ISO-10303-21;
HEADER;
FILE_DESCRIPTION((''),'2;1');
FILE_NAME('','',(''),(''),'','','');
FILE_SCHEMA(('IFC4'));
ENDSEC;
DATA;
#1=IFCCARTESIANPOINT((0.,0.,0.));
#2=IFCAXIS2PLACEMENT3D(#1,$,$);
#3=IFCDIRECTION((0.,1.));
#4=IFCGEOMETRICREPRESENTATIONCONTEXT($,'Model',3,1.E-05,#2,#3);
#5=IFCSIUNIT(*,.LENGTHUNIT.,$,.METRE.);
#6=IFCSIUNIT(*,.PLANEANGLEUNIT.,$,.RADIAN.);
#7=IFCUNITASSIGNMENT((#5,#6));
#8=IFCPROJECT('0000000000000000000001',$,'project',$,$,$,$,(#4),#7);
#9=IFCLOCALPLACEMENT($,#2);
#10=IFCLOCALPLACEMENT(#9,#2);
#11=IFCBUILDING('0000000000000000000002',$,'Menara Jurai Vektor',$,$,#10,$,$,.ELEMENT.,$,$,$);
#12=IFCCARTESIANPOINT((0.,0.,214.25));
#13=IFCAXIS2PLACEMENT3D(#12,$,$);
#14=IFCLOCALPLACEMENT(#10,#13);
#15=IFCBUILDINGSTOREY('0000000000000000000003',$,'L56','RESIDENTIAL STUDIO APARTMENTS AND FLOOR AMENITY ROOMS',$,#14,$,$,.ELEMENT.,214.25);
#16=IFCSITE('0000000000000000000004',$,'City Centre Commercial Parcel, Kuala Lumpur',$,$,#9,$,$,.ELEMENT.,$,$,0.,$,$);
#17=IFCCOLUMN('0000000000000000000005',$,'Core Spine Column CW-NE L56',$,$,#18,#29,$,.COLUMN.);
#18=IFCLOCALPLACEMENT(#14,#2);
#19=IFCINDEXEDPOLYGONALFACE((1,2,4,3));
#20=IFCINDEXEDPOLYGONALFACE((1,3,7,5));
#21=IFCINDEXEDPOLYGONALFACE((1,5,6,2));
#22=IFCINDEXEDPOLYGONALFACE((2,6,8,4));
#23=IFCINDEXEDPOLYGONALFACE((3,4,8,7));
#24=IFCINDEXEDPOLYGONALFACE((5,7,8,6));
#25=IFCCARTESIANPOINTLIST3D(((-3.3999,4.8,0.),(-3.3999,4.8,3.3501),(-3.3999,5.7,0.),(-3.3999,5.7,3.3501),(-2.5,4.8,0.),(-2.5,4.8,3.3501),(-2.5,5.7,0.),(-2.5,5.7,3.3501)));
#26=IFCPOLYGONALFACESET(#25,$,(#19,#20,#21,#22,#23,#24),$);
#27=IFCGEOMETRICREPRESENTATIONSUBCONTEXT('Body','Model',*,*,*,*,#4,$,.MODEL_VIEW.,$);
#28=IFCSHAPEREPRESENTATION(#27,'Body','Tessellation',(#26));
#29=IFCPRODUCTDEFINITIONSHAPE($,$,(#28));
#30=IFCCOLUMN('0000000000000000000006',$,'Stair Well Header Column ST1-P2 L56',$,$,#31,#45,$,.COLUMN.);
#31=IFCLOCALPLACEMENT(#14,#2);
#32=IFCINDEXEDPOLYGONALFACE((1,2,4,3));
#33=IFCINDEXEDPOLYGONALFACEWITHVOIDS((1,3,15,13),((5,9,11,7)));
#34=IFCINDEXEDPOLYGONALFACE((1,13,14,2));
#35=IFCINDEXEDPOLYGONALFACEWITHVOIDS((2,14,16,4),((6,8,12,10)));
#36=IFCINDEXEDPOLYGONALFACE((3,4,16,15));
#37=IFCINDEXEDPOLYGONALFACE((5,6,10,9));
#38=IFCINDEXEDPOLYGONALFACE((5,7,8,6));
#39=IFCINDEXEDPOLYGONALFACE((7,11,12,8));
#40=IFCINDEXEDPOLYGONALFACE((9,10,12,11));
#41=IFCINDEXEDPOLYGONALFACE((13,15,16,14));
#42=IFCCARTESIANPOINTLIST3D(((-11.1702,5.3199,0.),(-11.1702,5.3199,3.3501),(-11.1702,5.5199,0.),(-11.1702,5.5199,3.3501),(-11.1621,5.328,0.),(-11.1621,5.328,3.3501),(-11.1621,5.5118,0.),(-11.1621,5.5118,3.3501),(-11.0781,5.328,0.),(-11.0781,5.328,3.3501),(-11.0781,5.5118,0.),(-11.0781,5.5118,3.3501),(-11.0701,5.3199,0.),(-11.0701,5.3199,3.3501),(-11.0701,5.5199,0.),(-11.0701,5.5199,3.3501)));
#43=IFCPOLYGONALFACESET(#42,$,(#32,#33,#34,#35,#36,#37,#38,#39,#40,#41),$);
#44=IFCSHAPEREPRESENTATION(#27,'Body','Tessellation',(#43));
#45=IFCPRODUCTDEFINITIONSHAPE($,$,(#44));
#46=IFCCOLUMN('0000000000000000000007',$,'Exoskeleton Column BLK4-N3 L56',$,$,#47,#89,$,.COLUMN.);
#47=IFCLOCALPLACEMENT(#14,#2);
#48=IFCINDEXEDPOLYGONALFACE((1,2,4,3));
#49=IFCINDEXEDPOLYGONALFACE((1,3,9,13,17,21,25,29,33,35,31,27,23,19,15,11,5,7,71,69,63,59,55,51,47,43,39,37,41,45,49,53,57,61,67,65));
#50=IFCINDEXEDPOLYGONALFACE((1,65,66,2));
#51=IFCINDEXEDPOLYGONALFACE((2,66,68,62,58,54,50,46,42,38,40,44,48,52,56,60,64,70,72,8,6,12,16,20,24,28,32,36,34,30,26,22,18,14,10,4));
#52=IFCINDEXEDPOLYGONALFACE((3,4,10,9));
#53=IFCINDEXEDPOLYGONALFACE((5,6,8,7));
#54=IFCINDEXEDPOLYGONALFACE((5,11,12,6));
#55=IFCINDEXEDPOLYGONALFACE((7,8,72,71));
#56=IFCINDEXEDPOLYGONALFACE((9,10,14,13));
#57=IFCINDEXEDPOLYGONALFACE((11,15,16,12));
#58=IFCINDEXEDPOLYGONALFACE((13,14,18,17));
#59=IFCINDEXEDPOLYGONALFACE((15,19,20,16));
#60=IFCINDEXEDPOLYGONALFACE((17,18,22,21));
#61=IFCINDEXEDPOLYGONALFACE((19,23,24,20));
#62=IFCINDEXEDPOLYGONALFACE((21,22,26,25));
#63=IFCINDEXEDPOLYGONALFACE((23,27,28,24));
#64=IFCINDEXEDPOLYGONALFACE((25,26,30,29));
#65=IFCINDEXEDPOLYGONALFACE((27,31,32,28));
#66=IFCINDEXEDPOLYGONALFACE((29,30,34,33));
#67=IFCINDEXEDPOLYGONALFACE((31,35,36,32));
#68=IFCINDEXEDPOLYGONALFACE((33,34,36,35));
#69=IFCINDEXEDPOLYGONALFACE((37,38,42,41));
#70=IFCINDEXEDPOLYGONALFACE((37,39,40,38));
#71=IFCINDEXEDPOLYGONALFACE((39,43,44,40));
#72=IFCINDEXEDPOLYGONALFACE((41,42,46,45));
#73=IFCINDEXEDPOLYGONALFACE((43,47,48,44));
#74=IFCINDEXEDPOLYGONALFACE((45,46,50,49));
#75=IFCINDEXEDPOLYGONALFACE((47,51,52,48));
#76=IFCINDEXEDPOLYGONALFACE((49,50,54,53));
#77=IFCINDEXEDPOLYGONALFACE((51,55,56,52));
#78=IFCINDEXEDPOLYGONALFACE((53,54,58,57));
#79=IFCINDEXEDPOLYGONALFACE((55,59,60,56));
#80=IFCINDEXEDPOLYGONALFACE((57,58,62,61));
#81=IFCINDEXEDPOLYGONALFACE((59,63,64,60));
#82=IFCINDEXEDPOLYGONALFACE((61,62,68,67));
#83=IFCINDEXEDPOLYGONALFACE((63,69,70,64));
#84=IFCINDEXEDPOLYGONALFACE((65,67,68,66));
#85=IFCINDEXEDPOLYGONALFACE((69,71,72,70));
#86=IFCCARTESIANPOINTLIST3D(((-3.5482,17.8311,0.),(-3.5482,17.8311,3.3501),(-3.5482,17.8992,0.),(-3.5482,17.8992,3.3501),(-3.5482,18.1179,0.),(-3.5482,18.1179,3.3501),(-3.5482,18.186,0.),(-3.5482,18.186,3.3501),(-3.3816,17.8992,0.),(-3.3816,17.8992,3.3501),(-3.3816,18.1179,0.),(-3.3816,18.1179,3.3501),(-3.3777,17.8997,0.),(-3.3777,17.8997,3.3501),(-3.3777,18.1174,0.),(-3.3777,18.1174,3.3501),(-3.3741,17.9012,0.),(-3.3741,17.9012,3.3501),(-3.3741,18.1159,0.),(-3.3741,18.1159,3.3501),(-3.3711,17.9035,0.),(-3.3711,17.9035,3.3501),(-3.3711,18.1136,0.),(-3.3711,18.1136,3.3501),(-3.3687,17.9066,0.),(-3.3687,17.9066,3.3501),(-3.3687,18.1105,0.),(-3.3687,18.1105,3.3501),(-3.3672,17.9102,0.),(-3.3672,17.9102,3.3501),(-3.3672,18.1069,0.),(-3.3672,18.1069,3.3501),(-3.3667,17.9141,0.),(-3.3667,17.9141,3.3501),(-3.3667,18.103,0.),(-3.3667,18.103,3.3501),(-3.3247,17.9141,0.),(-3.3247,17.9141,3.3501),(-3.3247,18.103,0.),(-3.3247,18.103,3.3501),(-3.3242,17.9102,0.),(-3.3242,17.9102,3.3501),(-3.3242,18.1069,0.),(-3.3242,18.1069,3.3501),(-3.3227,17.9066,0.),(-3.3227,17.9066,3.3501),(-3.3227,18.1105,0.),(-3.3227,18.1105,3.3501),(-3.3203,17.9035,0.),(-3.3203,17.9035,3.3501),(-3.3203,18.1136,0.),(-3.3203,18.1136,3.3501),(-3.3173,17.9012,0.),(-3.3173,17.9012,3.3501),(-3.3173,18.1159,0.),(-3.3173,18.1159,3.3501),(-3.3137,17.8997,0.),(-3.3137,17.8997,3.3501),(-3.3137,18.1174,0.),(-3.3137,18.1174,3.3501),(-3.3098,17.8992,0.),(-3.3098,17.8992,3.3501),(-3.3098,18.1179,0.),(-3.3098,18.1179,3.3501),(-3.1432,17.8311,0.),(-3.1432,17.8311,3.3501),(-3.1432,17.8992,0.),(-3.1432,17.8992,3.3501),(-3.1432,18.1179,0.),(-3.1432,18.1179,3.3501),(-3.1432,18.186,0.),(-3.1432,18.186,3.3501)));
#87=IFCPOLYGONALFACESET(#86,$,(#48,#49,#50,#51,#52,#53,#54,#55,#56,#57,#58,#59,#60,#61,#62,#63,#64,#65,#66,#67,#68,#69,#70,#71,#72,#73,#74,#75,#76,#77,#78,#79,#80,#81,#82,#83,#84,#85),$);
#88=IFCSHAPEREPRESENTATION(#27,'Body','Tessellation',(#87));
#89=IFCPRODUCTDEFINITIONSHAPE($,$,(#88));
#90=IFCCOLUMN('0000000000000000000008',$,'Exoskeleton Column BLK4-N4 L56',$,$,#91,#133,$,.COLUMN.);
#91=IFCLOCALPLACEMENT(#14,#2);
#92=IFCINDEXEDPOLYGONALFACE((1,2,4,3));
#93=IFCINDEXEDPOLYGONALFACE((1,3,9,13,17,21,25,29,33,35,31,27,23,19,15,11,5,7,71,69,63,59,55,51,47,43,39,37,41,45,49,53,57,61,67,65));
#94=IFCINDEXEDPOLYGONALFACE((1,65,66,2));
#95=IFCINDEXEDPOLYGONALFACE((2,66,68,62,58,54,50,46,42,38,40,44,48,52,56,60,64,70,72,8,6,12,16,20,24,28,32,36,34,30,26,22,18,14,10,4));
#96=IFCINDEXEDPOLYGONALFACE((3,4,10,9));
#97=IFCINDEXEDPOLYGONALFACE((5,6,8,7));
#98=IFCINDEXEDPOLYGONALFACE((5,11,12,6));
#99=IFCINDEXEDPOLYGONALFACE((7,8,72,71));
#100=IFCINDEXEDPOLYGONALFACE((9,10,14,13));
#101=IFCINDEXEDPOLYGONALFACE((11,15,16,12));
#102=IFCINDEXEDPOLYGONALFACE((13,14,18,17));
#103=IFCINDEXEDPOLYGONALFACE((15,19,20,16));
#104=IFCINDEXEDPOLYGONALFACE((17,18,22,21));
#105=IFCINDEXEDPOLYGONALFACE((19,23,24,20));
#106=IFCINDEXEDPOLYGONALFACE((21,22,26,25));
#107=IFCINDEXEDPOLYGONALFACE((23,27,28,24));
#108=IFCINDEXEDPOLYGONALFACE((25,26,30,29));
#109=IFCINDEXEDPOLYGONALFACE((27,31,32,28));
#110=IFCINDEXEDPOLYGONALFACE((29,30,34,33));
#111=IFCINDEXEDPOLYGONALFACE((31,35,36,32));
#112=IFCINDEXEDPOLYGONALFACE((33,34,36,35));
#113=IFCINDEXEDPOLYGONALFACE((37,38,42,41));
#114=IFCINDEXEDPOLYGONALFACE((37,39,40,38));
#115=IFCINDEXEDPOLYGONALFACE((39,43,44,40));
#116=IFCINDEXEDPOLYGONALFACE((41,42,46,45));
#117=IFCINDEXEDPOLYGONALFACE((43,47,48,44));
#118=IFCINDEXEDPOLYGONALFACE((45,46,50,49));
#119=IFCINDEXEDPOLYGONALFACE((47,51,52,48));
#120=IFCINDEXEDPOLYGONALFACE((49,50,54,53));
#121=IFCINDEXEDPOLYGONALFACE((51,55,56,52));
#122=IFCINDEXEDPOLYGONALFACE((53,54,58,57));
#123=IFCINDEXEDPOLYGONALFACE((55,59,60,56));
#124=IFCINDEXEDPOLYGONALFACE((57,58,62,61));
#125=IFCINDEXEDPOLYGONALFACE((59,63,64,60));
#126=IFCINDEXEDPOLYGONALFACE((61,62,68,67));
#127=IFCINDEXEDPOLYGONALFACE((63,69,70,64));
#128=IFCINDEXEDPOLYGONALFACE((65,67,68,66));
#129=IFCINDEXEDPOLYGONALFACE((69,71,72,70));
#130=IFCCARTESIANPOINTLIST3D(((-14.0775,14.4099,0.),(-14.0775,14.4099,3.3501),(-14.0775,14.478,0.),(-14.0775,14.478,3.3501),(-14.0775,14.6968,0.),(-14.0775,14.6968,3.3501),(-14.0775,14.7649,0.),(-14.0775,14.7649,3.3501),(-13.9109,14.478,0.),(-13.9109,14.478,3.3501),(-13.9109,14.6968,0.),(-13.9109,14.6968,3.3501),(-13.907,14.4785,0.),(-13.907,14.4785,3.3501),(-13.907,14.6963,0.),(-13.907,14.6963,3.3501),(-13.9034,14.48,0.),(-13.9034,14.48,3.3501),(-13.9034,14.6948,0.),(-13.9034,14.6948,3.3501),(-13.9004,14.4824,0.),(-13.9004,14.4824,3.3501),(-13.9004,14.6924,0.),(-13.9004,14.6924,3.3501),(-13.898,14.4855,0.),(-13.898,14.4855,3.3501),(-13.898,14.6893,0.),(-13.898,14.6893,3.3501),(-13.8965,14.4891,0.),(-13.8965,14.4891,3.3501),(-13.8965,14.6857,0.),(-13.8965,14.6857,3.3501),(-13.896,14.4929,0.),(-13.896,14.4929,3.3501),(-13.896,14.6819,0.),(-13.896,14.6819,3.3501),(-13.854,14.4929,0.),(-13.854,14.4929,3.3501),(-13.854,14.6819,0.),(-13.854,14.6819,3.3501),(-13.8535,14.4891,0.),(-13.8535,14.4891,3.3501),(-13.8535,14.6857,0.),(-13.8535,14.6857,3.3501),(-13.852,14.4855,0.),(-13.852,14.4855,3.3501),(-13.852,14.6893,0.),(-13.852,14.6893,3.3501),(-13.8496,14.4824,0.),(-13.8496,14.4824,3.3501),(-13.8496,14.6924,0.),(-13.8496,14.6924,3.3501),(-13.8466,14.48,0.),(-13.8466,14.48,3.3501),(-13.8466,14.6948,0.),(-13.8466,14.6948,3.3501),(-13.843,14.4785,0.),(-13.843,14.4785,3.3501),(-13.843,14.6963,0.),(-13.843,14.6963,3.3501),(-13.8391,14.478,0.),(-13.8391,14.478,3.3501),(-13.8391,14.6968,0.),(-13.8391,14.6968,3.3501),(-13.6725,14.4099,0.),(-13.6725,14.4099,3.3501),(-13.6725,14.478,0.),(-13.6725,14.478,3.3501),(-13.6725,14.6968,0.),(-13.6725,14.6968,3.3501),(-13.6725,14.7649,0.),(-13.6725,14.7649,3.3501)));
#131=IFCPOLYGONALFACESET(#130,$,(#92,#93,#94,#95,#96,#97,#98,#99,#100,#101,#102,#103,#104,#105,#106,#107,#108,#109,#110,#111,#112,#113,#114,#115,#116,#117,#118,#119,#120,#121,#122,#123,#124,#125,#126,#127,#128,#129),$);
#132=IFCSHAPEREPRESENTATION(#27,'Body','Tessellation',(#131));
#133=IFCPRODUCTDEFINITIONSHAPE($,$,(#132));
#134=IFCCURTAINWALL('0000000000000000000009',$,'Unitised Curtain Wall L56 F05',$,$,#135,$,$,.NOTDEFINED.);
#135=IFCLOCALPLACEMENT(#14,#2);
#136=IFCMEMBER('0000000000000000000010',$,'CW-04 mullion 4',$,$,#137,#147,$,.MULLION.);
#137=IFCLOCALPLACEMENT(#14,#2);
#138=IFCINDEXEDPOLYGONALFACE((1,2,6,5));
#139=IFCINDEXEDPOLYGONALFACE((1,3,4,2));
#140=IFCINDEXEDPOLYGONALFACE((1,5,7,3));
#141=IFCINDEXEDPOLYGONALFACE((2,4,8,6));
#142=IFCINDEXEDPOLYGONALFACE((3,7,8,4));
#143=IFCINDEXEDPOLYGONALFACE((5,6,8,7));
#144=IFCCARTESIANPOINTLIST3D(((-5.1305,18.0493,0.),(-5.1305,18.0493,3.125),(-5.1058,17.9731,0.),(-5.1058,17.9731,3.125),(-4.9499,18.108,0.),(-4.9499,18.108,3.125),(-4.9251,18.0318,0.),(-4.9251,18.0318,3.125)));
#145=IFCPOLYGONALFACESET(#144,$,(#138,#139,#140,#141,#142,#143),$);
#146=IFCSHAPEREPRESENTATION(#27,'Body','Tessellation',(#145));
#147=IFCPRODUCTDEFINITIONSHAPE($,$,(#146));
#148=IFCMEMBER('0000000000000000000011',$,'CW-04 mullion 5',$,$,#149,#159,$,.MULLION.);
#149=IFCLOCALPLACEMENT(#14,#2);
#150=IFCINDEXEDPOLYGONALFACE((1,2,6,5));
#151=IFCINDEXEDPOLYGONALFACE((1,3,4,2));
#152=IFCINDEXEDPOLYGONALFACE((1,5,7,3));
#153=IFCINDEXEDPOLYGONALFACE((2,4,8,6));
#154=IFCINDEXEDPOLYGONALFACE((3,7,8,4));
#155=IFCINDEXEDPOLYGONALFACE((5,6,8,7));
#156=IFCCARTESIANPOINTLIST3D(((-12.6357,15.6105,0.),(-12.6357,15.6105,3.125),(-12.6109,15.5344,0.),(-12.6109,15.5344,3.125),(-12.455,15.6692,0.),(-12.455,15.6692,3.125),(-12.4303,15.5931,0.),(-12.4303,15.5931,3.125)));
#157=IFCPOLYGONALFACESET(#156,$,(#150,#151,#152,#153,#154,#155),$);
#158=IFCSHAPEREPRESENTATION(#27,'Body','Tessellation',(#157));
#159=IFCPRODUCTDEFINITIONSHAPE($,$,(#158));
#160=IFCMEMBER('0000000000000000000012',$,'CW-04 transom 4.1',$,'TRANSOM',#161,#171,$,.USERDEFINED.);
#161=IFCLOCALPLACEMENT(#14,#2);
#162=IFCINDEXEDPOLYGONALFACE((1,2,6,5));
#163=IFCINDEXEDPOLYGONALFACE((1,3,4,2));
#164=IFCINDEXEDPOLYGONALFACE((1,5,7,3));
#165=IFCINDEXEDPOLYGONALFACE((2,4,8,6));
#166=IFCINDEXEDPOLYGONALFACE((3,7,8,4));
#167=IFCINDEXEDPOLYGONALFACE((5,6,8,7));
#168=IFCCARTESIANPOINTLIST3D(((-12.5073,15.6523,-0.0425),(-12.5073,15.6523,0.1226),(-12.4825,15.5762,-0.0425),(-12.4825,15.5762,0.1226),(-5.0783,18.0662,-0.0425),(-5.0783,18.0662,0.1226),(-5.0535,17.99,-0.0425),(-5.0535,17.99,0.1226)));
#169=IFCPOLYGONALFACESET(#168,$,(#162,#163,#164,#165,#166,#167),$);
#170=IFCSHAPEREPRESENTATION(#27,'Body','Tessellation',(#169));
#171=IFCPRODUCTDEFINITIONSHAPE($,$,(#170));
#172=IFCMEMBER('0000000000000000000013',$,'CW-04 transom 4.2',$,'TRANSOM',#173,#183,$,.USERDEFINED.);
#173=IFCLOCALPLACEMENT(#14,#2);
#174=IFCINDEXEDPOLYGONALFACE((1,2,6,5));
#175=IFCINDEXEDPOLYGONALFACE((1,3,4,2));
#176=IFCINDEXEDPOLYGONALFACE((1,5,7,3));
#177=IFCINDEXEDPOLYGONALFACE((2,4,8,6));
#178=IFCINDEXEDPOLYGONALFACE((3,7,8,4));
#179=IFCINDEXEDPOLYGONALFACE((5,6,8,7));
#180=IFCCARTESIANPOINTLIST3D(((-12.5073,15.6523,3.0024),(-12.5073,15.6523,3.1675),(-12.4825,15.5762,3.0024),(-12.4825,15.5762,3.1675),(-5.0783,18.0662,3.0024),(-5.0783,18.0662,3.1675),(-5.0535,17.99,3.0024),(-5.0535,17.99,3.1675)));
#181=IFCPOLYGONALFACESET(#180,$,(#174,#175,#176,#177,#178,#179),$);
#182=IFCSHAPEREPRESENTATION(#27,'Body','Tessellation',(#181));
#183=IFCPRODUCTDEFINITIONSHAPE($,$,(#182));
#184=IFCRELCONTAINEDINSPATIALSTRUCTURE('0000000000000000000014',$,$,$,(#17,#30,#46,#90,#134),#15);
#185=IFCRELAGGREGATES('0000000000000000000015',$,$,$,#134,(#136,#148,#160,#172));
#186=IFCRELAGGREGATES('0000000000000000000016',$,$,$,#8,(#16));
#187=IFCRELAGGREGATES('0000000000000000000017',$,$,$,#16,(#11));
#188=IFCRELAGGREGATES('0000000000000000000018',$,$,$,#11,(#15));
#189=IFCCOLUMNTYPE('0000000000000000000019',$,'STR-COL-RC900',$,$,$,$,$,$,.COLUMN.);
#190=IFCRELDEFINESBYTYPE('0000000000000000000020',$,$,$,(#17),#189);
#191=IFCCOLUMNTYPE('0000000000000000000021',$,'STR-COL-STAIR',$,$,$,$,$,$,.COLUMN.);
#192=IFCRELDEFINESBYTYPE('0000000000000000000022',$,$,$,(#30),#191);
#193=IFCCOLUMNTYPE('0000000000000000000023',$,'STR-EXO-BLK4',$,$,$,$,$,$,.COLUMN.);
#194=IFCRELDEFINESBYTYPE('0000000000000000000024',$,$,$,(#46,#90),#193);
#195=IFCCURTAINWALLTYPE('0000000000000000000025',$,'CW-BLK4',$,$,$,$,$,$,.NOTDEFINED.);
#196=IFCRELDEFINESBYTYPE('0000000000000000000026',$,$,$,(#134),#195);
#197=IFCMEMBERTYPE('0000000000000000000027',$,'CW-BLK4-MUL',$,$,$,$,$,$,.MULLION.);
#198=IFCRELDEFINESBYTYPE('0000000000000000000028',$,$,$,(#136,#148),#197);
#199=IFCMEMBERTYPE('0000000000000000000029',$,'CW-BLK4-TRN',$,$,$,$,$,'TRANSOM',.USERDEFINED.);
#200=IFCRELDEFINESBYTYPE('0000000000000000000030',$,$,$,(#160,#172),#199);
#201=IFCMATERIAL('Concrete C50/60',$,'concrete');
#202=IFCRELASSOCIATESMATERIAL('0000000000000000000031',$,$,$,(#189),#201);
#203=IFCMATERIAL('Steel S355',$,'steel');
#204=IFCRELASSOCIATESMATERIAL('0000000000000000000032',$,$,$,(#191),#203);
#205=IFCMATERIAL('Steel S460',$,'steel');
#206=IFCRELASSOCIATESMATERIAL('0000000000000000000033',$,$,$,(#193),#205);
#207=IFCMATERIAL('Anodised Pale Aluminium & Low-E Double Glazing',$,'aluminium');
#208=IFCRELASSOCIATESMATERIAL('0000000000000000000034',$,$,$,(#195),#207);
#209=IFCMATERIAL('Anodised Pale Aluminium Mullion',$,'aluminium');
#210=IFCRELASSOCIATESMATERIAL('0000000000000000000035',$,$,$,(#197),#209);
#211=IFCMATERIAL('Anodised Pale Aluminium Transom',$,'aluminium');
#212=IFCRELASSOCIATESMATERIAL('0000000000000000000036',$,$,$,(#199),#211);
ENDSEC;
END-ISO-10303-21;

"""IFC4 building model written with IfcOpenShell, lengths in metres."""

from ifc_helpers import new_model, si_unit, direction, frame, origin, origin_2d, place, context, subcontext, project, spatial, rectangle, hollow_rectangle, i_section, extrude, material, material_profile, profile_set, type_object, element, aggregate, save


model = new_model("IFC4")

# Units and contexts
model_context = context("Model", 3, precision=1e-05, world=origin(), true_north=direction((0.0, 1.0)))
body_context = subcontext(model_context, "Body", "Model", "MODEL_VIEW")
ifc_project = project(units=[si_unit("LENGTHUNIT", "METRE"), si_unit("PLANEANGLEUNIT", "RADIAN")], contexts=[model_context])

# Site, building, storey
site_placement = place(None, origin())
site = spatial("IfcSite", under=ifc_project, at=site_placement, Name="City Centre Commercial Parcel, Kuala Lumpur", CompositionType="ELEMENT", RefElevation=0.0)
building_placement = place(site_placement, origin())
building = spatial("IfcBuilding", under=site, at=building_placement, Name="Menara Jurai Vektor", CompositionType="ELEMENT")
storey_placement = place(building_placement, frame((0.0, 0.0, 214.25)))
storey = spatial("IfcBuildingStorey", under=building, at=storey_placement, Name="L56", Description="RESIDENTIAL STUDIO APARTMENTS AND FLOOR AMENITY ROOMS", CompositionType="ELEMENT", Elevation=214.25)

# Columns
ifc_material_1 = material(Name="Concrete C50/60", Category="concrete")
ifc_material_profile_1 = material_profile(ifc_material_1, rectangle(XDim=0.8999, YDim=0.8999, at=origin_2d()), Name="RC 900x900")
ifc_profile_set_1 = profile_set([ifc_material_profile_1], Name="Concrete C50/60")
column_type_1 = type_object("IfcColumnType", Name="STR-COL-RC900", PredefinedType="COLUMN", material=ifc_profile_set_1)
column_1_placement = place(storey_placement, frame((-2.95, 5.25, 0.0), z_axis=(0.0, 0.0, 1.0), x_axis=(1.0, 0.0, 0.0)))
element("IfcColumn", 1, at=column_1_placement, inside=storey, type_object=column_type_1, Name="Core Spine Column CW-NE L56", PredefinedType="COLUMN", context=body_context, shape_type="SweptSolid", body=[
    extrude(rectangle(XDim=0.8999, YDim=0.8999, at=origin_2d()), origin(), (0.0, 0.0, 1.0), 3.3501),
])
ifc_material_2 = material(Name="Steel S355", Category="steel")
ifc_material_profile_2 = material_profile(ifc_material_2, hollow_rectangle(XDim=0.1001, YDim=0.2, WallThickness=0.0081, at=origin_2d()), Name="RHS 200x100x8")
ifc_profile_set_2 = profile_set([ifc_material_profile_2], Name="Steel S355")
column_type_2 = type_object("IfcColumnType", Name="STR-COL-STAIR", PredefinedType="COLUMN", material=ifc_profile_set_2)
column_2_placement = place(storey_placement, frame((-11.1201, 5.4199, 0.0), z_axis=(0.0, 0.0, 1.0), x_axis=(1.0, 0.0, 0.0)))
element("IfcColumn", 2, at=column_2_placement, inside=storey, type_object=column_type_2, Name="Stair Well Header Column ST1-P2 L56", PredefinedType="COLUMN", context=body_context, shape_type="SweptSolid", body=[
    extrude(hollow_rectangle(XDim=0.1001, YDim=0.2, WallThickness=0.0081, at=origin_2d()), origin(), (0.0, 0.0, 1.0), 3.3501),
])
ifc_material_3 = material(Name="Steel S460", Category="steel")
ifc_material_profile_3 = material_profile(ifc_material_3, i_section(OverallWidth=0.405, OverallDepth=0.355, WebThickness=0.042, FlangeThickness=0.0681, FilletRadius=0.0149, at=origin_2d()), Name="HD 400x551")
ifc_profile_set_3 = profile_set([ifc_material_profile_3], Name="Steel S460")
column_type_3 = type_object("IfcColumnType", Name="STR-EXO-BLK4", PredefinedType="COLUMN", material=ifc_profile_set_3)
for number, where, z_axis, x_axis, name in (
    (3, (-3.3457, 18.0085, 0.0), (0.0, 0.0, 1.0), (1.0, 0.0, 0.0), "Exoskeleton Column BLK4-N3 L56"),
    (4, (-13.875, 14.5874, 0.0), (0.0, 0.0, 1.0), (1.0, 0.0, 0.0), "Exoskeleton Column BLK4-N4 L56"),
):
    element("IfcColumn", number, at=place(storey_placement, frame(where, z_axis=z_axis, x_axis=x_axis)), inside=storey, type_object=column_type_3, Name=name, PredefinedType="COLUMN", context=body_context, shape_type="SweptSolid", body=[
        extrude(i_section(OverallWidth=0.405, OverallDepth=0.355, WebThickness=0.042, FlangeThickness=0.0681, FilletRadius=0.0149, at=origin_2d()), origin(), (0.0, 0.0, 1.0), 3.3501),
    ])

# Curtain wall, members
ifc_material_4 = material(Name="Anodised Pale Aluminium & Low-E Double Glazing", Category="aluminium")
curtain_wall_type = type_object("IfcCurtainWallType", Name="CW-BLK4", PredefinedType="NOTDEFINED", material=ifc_material_4)
curtain_wall_placement = place(storey_placement, origin())
curtain_wall = element("IfcCurtainWall", 5, at=curtain_wall_placement, inside=storey, type_object=curtain_wall_type, Name="Unitised Curtain Wall L56 F05", PredefinedType="NOTDEFINED")
ifc_material_5 = material(Name="Anodised Pale Aluminium Mullion", Category="aluminium")
ifc_material_profile_4 = material_profile(ifc_material_5, rectangle(XDim=0.0801, YDim=0.1899, at=origin_2d()), Name="ALU MUL 80x190")
ifc_profile_set_4 = profile_set([ifc_material_profile_4], Name="Anodised Pale Aluminium Mullion")
member_type_1 = type_object("IfcMemberType", Name="CW-BLK4-MUL", PredefinedType="MULLION", material=ifc_profile_set_4)
member_1_placement = place(storey_placement, frame((-5.0278, 18.0405, 0.0), z_axis=(0.0, 0.0, 1.0), x_axis=(0.309017, -0.951056, 0.0)))
member_1 = element("IfcMember", 6, at=member_1_placement, type_object=member_type_1, Name="CW-04 mullion 4", PredefinedType="MULLION", context=body_context, shape_type="SweptSolid", body=[
    extrude(rectangle(XDim=0.0801, YDim=0.1899, at=origin_2d()), origin(), (0.0, 0.0, 1.0), 3.125),
])
member_2_placement = place(storey_placement, frame((-12.533, 15.6018, 0.0), z_axis=(0.0, 0.0, 1.0), x_axis=(0.309017, -0.951056, 0.0)))
member_2 = element("IfcMember", 7, at=member_2_placement, type_object=member_type_1, Name="CW-04 mullion 5", PredefinedType="MULLION", context=body_context, shape_type="SweptSolid", body=[
    extrude(rectangle(XDim=0.0801, YDim=0.1899, at=origin_2d()), origin(), (0.0, 0.0, 1.0), 3.125),
])
ifc_material_6 = material(Name="Anodised Pale Aluminium Transom", Category="aluminium")
ifc_material_profile_5 = material_profile(ifc_material_6, rectangle(XDim=0.0801, YDim=0.165, at=origin_2d()), Name="ALU TRN 80x165")
ifc_profile_set_5 = profile_set([ifc_material_profile_5], Name="Anodised Pale Aluminium Transom")
member_type_2 = type_object("IfcMemberType", Name="CW-BLK4-TRN", ElementType="TRANSOM", PredefinedType="USERDEFINED", material=ifc_profile_set_5)
member_3_placement = place(storey_placement, frame((-5.0659, 18.0281, 0.04), z_axis=(-0.951056, -0.309018, 0.0), x_axis=(0.309018, -0.951056, 0.0)))
member_3 = element("IfcMember", 8, at=member_3_placement, type_object=member_type_2, Name="CW-04 transom 4.1", ObjectType="TRANSOM", PredefinedType="USERDEFINED", context=body_context, shape_type="SweptSolid", body=[
    extrude(rectangle(XDim=0.0801, YDim=0.165, at=origin_2d()), origin(), (0.0, 0.0, 1.0), 7.8113),
])
member_4_placement = place(storey_placement, frame((-5.0659, 18.0281, 3.085), z_axis=(-0.951056, -0.309018, 0.0), x_axis=(0.309018, -0.951056, 0.0)))
member_4 = element("IfcMember", 9, at=member_4_placement, type_object=member_type_2, Name="CW-04 transom 4.2", ObjectType="TRANSOM", PredefinedType="USERDEFINED", context=body_context, shape_type="SweptSolid", body=[
    extrude(rectangle(XDim=0.0801, YDim=0.165, at=origin_2d()), origin(), (0.0, 0.0, 1.0), 7.8113),
])

aggregate(curtain_wall, [member_1, member_2, member_3, member_4])

save(model, "model.ifc")
